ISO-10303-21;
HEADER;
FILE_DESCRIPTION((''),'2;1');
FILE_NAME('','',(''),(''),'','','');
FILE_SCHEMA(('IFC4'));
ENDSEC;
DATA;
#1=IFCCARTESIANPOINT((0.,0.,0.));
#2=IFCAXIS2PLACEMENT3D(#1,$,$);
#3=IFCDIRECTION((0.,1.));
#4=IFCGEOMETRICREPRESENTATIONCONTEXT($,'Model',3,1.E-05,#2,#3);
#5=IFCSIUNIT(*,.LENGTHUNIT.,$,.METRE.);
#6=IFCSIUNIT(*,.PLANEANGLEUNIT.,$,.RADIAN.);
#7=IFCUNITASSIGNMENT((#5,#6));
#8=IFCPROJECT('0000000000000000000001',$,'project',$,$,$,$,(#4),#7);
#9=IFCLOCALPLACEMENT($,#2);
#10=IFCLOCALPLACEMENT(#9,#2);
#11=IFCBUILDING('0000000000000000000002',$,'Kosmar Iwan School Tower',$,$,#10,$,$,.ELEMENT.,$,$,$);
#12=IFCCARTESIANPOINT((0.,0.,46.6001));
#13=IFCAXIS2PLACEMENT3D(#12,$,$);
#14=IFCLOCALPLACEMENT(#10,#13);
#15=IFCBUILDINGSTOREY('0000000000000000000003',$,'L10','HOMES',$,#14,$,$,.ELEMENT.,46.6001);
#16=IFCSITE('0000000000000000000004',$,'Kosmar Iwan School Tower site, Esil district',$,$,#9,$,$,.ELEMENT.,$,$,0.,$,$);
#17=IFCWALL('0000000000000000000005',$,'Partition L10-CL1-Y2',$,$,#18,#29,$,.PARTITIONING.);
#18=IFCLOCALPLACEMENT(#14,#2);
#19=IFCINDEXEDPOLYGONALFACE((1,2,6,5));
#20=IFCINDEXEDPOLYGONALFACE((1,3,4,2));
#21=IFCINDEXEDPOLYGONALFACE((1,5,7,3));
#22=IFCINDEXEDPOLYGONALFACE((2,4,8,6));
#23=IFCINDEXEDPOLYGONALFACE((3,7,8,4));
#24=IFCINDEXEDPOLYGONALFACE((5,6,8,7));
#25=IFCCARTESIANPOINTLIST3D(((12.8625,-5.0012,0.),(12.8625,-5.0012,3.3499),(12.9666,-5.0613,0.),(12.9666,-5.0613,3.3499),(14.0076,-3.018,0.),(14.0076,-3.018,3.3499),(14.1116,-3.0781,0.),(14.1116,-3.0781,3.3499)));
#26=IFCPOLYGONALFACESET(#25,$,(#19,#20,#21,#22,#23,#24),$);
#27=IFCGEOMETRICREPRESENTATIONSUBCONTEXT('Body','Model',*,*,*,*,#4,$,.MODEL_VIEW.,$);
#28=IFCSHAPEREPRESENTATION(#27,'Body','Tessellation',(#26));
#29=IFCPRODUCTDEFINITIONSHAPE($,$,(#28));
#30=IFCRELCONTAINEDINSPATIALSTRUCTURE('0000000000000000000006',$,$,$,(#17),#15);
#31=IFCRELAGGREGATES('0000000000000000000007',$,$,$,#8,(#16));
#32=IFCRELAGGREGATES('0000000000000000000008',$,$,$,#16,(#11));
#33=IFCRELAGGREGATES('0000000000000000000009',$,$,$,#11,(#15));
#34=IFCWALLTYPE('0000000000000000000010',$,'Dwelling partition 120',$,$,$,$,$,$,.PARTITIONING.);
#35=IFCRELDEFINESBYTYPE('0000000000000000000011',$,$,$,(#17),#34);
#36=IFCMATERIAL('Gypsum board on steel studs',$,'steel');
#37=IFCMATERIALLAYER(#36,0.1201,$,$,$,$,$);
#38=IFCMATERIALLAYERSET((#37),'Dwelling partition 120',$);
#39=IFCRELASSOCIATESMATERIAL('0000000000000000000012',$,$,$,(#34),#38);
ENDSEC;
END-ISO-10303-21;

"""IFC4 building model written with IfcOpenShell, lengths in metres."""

from ifc_helpers import new_model, si_unit, direction, frame, frame_2d, origin, place, context, subcontext, project, spatial, rectangle, extrude, material, layer, layer_set, type_object, element, save


model = new_model("IFC4")

# Units and contexts
model_context = context("Model", 3, precision=1e-05, world=origin(), true_north=direction((0.0, 1.0)))
body_context = subcontext(model_context, "Body", "Model", "MODEL_VIEW")
ifc_project = project(units=[si_unit("LENGTHUNIT", "METRE"), si_unit("PLANEANGLEUNIT", "RADIAN")], contexts=[model_context])

# Site, building, storey
site_placement = place(None, origin())
site = spatial("IfcSite", under=ifc_project, at=site_placement, Name="Kosmar Iwan School Tower site, Esil district", CompositionType="ELEMENT", RefElevation=0.0)
building_placement = place(site_placement, origin())
building = spatial("IfcBuilding", under=site, at=building_placement, Name="Kosmar Iwan School Tower", CompositionType="ELEMENT")
storey_placement = place(building_placement, frame((0.0, 0.0, 46.6001)))
storey = spatial("IfcBuildingStorey", under=building, at=storey_placement, Name="L10", Description="HOMES", CompositionType="ELEMENT", Elevation=46.6001)

# Shared definitions
ifc_material_1 = material(Name="Gypsum board on steel studs", Category="steel")
ifc_layer = layer(ifc_material_1, 0.1201)
ifc_layer_set = layer_set([ifc_layer], Name="Dwelling partition 120")
wall_type = type_object("IfcWallType", Name="Dwelling partition 120", PredefinedType="PARTITIONING", material=ifc_layer_set)

# Wall
wall_1_placement = place(storey_placement, frame((12.9146, -5.0312, 0.0), z_axis=(0.0, 0.0, 1.0), x_axis=(0.500015, 0.866017, 0.0)))
element("IfcWall", 1, at=wall_1_placement, inside=storey, type_object=wall_type, Name="Partition L10-CL1-Y2", PredefinedType="PARTITIONING", context=body_context, shape_type="SweptSolid", body=[
    extrude(rectangle(XDim=2.29, YDim=0.1201, at=frame_2d((1.145, 0.0))), origin(), (0.0, 0.0, 1.0), 3.3499),
])

save(model, "model.ifc")
